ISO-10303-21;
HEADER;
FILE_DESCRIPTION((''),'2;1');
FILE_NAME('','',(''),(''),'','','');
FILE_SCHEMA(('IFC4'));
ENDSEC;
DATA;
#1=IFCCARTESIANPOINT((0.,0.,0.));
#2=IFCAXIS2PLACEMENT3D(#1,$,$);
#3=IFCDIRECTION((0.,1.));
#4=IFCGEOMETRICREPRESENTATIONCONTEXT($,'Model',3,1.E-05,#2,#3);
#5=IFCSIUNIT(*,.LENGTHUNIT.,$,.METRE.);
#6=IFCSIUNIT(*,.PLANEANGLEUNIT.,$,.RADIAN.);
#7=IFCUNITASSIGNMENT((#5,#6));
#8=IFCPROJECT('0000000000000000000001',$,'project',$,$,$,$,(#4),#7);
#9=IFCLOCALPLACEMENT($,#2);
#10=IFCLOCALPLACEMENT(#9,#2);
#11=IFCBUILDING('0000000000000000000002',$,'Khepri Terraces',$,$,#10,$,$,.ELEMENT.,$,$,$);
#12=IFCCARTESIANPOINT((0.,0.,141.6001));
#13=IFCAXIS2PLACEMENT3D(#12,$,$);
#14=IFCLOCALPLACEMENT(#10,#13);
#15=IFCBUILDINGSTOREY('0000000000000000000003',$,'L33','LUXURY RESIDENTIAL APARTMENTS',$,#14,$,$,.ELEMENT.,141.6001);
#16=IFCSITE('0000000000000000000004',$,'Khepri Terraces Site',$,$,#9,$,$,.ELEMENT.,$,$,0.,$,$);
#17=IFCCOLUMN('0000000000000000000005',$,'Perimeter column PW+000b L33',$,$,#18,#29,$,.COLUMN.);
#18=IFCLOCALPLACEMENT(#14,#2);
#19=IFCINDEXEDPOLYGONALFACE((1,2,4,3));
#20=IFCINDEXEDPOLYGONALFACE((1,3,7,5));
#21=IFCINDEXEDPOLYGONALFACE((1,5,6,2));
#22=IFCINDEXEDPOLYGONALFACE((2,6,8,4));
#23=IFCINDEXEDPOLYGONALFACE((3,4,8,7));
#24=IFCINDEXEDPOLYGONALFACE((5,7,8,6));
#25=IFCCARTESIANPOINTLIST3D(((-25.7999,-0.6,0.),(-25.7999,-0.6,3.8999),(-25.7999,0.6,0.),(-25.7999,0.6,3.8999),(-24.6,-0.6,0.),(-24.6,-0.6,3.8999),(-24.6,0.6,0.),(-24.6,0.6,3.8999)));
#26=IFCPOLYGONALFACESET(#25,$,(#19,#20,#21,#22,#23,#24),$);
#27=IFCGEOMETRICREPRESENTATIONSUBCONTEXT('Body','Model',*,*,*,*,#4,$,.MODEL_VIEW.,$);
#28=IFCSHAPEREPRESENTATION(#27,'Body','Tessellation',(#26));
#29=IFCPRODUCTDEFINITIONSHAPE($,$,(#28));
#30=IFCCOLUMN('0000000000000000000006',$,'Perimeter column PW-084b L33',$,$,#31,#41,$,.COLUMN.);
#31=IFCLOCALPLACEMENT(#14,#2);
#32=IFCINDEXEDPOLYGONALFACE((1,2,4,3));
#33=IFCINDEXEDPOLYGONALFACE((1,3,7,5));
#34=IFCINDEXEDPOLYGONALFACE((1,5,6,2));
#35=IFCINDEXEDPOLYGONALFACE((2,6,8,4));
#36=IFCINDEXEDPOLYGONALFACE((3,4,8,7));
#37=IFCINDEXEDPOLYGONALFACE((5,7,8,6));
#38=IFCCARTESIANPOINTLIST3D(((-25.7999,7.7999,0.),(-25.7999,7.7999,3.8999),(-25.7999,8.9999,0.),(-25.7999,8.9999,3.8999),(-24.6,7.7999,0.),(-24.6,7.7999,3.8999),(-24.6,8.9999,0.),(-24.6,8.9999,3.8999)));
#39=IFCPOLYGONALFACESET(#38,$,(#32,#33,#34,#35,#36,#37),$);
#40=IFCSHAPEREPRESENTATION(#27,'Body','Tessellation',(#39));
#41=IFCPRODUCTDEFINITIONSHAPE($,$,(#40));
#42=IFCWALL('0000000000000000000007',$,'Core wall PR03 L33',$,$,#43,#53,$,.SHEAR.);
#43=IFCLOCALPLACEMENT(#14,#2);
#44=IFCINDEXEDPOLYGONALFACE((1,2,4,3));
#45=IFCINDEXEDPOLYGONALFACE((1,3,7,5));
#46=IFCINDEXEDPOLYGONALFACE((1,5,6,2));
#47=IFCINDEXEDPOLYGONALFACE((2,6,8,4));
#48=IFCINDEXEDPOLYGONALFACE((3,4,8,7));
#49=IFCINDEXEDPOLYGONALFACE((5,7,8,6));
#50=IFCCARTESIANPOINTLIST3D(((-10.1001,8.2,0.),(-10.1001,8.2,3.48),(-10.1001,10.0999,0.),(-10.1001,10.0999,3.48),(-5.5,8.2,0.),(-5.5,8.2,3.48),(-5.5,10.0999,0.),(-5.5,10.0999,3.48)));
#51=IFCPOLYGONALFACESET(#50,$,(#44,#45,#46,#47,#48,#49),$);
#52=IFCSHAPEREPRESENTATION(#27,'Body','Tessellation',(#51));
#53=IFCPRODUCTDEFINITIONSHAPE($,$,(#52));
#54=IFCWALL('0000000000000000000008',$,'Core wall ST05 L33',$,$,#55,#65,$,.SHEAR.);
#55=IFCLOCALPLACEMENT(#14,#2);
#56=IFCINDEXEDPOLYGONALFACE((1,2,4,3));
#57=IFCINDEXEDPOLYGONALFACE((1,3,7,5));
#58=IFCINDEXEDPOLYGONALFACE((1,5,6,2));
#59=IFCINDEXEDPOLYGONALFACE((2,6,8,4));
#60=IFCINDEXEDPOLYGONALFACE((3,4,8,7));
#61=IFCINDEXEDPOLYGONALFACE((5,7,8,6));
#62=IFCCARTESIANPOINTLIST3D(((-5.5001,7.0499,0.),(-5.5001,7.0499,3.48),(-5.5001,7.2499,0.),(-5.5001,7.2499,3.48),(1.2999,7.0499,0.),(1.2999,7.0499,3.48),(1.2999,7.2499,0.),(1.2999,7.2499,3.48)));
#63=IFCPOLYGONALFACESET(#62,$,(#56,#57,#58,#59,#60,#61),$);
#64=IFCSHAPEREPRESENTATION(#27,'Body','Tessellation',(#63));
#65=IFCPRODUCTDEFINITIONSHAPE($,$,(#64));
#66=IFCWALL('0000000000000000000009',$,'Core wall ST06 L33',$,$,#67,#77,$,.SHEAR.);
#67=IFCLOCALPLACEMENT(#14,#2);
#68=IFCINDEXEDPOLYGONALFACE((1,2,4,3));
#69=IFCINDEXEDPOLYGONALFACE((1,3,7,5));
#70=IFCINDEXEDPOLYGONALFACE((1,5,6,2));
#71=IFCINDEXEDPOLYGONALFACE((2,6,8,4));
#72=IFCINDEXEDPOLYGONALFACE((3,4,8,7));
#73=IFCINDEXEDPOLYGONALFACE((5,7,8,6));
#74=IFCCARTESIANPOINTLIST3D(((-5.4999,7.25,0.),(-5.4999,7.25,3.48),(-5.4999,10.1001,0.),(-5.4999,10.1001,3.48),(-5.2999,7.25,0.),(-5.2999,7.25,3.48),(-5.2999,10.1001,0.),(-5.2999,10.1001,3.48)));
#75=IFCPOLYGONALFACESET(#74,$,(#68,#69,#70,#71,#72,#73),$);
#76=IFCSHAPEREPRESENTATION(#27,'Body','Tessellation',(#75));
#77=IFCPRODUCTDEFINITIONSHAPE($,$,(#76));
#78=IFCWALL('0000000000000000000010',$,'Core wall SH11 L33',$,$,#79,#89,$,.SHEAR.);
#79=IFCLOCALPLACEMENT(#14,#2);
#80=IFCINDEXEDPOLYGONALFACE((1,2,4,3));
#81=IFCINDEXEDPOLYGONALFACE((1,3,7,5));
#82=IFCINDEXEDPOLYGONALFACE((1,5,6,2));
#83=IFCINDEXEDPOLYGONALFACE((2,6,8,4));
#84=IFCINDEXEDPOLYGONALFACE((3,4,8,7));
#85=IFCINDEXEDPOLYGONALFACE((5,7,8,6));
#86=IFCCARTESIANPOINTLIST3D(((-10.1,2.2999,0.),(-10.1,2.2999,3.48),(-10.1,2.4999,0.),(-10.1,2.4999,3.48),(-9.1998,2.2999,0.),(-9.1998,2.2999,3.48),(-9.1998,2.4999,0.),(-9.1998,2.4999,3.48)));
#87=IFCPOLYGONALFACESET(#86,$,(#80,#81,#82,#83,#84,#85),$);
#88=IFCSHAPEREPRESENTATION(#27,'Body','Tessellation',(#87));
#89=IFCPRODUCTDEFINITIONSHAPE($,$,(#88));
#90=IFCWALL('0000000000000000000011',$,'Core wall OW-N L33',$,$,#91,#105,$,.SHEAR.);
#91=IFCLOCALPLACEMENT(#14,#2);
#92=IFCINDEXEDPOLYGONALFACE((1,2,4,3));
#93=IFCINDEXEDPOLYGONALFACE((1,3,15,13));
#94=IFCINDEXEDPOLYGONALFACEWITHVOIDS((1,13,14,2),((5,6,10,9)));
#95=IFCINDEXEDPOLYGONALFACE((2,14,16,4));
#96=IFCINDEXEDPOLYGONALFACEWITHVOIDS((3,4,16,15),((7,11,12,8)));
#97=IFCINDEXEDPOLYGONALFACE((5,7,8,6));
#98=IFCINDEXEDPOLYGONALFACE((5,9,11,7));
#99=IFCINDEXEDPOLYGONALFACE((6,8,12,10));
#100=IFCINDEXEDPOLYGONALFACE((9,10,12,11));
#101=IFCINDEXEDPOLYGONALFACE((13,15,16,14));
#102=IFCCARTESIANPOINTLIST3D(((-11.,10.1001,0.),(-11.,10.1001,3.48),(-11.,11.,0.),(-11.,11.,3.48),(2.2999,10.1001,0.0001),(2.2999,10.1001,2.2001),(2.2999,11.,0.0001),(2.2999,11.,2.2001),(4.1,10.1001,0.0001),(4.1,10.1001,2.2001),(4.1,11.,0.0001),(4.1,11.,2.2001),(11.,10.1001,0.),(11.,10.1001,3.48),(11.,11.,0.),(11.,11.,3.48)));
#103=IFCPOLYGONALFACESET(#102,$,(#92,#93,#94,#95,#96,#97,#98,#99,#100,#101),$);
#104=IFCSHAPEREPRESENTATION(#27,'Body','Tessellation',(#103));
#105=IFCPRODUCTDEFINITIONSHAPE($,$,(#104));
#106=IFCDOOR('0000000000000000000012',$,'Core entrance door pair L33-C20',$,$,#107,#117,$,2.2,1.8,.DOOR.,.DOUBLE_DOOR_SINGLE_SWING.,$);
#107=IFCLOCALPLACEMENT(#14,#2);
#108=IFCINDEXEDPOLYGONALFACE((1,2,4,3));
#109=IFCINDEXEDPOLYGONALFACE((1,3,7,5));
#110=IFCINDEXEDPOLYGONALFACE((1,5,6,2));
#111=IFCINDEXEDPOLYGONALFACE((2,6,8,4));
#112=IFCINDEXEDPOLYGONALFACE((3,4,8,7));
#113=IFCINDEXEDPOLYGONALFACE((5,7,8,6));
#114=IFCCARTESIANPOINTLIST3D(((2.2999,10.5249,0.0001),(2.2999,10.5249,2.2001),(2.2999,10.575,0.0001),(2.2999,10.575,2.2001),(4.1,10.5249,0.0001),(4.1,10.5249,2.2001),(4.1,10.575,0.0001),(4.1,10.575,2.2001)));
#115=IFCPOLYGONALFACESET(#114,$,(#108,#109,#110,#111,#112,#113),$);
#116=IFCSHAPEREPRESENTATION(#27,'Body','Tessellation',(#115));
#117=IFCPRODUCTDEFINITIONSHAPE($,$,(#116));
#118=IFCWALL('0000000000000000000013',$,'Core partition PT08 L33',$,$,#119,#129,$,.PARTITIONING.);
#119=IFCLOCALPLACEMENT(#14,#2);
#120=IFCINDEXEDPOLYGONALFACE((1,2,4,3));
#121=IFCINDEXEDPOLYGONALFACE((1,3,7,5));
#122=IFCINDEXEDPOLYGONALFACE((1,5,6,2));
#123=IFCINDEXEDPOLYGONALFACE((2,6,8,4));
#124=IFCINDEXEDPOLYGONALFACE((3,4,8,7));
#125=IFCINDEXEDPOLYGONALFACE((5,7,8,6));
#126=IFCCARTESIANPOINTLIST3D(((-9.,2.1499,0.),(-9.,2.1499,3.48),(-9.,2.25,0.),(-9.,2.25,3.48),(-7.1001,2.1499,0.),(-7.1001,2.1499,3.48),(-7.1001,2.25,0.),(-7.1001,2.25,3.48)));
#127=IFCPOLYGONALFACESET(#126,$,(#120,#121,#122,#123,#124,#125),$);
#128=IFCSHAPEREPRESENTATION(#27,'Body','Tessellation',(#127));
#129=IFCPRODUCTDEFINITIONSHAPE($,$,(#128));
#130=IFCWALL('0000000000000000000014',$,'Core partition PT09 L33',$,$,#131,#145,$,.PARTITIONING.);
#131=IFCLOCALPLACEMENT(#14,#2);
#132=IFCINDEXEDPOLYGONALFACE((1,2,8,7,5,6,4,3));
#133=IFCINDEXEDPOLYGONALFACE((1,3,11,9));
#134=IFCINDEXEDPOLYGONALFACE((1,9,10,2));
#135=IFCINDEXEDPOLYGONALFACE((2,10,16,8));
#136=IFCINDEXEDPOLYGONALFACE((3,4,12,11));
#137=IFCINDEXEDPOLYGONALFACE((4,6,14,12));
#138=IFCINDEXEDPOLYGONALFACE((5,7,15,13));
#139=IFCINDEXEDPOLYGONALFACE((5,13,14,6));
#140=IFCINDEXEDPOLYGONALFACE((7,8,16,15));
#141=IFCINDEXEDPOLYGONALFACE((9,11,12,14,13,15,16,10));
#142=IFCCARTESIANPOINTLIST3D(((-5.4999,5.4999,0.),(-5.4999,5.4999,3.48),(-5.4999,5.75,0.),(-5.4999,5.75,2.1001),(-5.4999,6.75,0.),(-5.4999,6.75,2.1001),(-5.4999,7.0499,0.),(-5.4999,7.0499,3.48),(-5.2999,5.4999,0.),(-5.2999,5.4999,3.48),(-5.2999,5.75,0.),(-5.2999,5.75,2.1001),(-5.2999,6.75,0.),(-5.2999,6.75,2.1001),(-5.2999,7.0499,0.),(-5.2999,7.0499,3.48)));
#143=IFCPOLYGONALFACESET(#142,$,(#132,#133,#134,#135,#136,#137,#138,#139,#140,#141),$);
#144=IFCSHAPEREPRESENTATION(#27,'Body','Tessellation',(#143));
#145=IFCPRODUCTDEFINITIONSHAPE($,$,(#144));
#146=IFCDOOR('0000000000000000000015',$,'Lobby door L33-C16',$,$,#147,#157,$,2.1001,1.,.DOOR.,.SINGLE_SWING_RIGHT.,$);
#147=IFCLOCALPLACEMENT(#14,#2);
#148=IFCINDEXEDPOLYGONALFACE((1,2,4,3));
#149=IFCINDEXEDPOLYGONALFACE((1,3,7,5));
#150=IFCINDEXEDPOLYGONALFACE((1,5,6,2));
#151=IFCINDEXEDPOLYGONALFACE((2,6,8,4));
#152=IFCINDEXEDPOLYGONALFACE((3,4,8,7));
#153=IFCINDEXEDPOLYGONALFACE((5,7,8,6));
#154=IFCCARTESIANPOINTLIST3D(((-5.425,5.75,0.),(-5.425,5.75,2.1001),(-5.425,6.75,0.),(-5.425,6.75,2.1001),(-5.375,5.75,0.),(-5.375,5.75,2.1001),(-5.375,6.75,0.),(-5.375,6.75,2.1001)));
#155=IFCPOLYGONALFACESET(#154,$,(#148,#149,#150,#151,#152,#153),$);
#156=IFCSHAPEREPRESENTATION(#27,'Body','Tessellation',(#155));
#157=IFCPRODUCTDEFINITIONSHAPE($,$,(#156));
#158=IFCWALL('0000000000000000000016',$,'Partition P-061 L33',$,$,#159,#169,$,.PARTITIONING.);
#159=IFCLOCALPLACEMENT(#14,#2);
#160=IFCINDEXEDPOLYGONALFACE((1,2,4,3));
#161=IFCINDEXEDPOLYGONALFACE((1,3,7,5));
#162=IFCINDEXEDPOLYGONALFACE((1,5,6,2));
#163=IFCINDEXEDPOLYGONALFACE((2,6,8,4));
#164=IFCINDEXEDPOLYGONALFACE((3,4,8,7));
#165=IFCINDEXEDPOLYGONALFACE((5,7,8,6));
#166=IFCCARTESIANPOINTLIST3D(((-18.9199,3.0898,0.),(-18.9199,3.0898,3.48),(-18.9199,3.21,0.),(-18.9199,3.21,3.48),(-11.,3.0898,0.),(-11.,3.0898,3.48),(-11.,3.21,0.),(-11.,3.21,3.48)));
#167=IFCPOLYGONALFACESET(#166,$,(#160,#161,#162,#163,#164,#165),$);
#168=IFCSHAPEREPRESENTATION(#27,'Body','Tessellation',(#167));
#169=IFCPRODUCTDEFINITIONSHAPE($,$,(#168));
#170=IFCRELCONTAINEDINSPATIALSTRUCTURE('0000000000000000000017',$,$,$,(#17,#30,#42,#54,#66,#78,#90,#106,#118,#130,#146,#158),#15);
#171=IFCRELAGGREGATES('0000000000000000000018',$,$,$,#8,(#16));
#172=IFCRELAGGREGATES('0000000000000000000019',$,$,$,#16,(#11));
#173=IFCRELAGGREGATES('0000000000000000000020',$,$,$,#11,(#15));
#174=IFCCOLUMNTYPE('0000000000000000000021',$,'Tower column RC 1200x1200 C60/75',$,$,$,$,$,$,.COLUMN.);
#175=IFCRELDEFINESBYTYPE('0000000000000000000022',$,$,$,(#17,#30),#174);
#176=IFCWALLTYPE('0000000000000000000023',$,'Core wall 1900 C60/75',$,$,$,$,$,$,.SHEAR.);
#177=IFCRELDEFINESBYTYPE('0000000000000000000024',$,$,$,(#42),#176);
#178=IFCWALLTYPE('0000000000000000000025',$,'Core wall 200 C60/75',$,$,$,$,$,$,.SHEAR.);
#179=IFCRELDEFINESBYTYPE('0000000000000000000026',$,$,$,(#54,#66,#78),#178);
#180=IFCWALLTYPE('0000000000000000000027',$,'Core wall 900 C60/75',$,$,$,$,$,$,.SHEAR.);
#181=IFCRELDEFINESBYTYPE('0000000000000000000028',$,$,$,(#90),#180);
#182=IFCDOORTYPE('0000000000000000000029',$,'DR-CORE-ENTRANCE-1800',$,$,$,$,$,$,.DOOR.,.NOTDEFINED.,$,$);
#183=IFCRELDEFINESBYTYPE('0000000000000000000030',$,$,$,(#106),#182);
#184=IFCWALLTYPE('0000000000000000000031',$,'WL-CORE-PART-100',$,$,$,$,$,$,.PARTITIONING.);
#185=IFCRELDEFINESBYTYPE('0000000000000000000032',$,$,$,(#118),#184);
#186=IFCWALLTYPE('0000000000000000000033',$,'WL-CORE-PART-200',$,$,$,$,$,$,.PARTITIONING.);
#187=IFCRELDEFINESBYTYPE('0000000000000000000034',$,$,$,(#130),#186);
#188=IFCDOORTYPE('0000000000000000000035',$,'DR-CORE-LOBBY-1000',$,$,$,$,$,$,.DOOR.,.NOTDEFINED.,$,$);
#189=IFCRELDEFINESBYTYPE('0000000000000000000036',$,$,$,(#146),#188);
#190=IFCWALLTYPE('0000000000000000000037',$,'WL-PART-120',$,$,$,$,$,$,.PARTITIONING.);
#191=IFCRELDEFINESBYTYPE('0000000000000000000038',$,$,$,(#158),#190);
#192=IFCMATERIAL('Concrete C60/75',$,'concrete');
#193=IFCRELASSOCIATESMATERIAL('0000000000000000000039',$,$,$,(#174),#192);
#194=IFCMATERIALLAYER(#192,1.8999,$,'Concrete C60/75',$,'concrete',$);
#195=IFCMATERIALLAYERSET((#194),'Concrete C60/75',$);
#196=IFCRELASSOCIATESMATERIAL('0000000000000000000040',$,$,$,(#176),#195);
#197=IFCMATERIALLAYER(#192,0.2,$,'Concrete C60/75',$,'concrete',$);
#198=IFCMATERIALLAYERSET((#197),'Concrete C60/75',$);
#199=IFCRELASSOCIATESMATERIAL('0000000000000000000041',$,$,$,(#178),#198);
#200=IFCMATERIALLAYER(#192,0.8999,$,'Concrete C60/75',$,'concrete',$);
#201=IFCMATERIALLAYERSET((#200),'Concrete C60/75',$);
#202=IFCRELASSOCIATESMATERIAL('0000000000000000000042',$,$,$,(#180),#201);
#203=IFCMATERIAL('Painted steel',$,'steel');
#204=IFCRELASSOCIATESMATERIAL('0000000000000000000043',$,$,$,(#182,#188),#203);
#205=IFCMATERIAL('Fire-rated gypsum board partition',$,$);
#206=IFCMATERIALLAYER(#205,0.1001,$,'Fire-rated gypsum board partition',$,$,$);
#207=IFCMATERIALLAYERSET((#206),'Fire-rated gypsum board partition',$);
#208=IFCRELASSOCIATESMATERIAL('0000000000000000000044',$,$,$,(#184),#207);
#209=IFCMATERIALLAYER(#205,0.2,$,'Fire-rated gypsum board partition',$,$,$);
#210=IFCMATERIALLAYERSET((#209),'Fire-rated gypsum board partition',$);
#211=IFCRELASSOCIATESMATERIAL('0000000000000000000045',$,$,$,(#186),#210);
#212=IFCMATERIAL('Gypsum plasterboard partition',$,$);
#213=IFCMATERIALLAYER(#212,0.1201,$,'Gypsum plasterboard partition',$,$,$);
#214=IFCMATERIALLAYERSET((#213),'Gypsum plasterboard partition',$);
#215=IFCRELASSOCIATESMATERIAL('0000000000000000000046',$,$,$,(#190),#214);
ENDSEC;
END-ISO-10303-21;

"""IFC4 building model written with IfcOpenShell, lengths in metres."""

from ifc_helpers import new_model, si_unit, direction, frame, frame_2d, origin, origin_2d, place, context, subcontext, project, spatial, rectangle, extrude, material, layer, layer_set, material_profile, profile_set, type_object, element, fill, save


model = new_model("IFC4")

# Units and contexts
model_context = context("Model", 3, precision=1e-05, world=origin(), true_north=direction((0.0, 1.0)))
body_context = subcontext(model_context, "Body", "Model", "MODEL_VIEW")
ifc_project = project(units=[si_unit("LENGTHUNIT", "METRE"), si_unit("PLANEANGLEUNIT", "RADIAN")], contexts=[model_context])

# Site, building, storey
site_placement = place(None, origin())
site = spatial("IfcSite", under=ifc_project, at=site_placement, Name="Khepri Terraces Site", CompositionType="ELEMENT", RefElevation=0.0)
building_placement = place(site_placement, origin())
building = spatial("IfcBuilding", under=site, at=building_placement, Name="Khepri Terraces", CompositionType="ELEMENT")
storey_placement = place(building_placement, frame((0.0, 0.0, 141.6001)))
storey = spatial("IfcBuildingStorey", under=building, at=storey_placement, Name="L33", Description="LUXURY RESIDENTIAL APARTMENTS", CompositionType="ELEMENT", Elevation=141.6001)

# Columns
ifc_material_1 = material(Name="Concrete C60/75", Category="concrete")
ifc_material_profile = material_profile(ifc_material_1, rectangle(XDim=1.2, YDim=1.2, at=origin_2d()), Name="Concrete C60/75", Category="concrete")
ifc_profile_set = profile_set([ifc_material_profile], Name="Concrete C60/75")
column_type = type_object("IfcColumnType", Name="Tower column RC 1200x1200 C60/75", PredefinedType="COLUMN", material=ifc_profile_set)
for number, where, z_axis, x_axis, name in (
    (1, (-25.2, 0.0, 0.0), (0.0, 0.0, 1.0), (1.0, 0.0, 0.0), "Perimeter column PW+000b L33"),
    (2, (-25.2, 8.3999, 0.0), (0.0, 0.0, 1.0), (1.0, 0.0, 0.0), "Perimeter column PW-084b L33"),
):
    element("IfcColumn", number, at=place(storey_placement, frame(where, z_axis=z_axis, x_axis=x_axis)), inside=storey, type_object=column_type, Name=name, PredefinedType="COLUMN", context=body_context, shape_type="SweptSolid", body=[
        extrude(rectangle(XDim=1.2, YDim=1.2, at=origin_2d()), origin(), (0.0, 0.0, 1.0), 3.8999),
    ])

# Walls
ifc_layer_1 = layer(ifc_material_1, 1.8999, Name="Concrete C60/75", Category="concrete")
ifc_layer_set_1 = layer_set([ifc_layer_1], Name="Concrete C60/75")
wall_type_1 = type_object("IfcWallType", Name="Core wall 1900 C60/75", PredefinedType="SHEAR", material=ifc_layer_set_1)
wall_1_placement = place(storey_placement, frame((-10.1001, 9.1499, 0.0), z_axis=(0.0, 0.0, 1.0), x_axis=(1.0, 0.0, 0.0)))
element("IfcWall", 3, at=wall_1_placement, inside=storey, type_object=wall_type_1, Name="Core wall PR03 L33", PredefinedType="SHEAR", context=body_context, shape_type="SweptSolid", body=[
    extrude(rectangle(XDim=4.6001, YDim=1.8999, at=frame_2d((2.3, 0.0))), origin(), (0.0, 0.0, 1.0), 3.48),
])
ifc_layer_2 = layer(ifc_material_1, 0.2, Name="Concrete C60/75", Category="concrete")
ifc_layer_set_2 = layer_set([ifc_layer_2], Name="Concrete C60/75")
wall_type_2 = type_object("IfcWallType", Name="Core wall 200 C60/75", PredefinedType="SHEAR", material=ifc_layer_set_2)
wall_2_placement = place(storey_placement, frame((-5.5, 7.1499, 0.0), z_axis=(0.0, 0.0, 1.0), x_axis=(1.0, 0.0, 0.0)))
element("IfcWall", 4, at=wall_2_placement, inside=storey, type_object=wall_type_2, Name="Core wall ST05 L33", PredefinedType="SHEAR", context=body_context, shape_type="SweptSolid", body=[
    extrude(rectangle(XDim=6.8, YDim=0.2, at=frame_2d((3.3999, 0.0))), origin(), (0.0, 0.0, 1.0), 3.48),
])
wall_3_placement = place(storey_placement, frame((-5.3999, 7.25, 0.0), z_axis=(0.0, 0.0, 1.0), x_axis=(0.0, 1.0, 0.0)))
element("IfcWall", 5, at=wall_3_placement, inside=storey, type_object=wall_type_2, Name="Core wall ST06 L33", PredefinedType="SHEAR", context=body_context, shape_type="SweptSolid", body=[
    extrude(rectangle(XDim=2.8501, YDim=0.2, at=frame_2d((1.425, 0.0))), origin(), (0.0, 0.0, 1.0), 3.48),
])
wall_4_placement = place(storey_placement, frame((-10.1001, 2.3999, 0.0), z_axis=(0.0, 0.0, 1.0), x_axis=(1.0, 0.0, 0.0)))
element("IfcWall", 6, at=wall_4_placement, inside=storey, type_object=wall_type_2, Name="Core wall SH11 L33", PredefinedType="SHEAR", context=body_context, shape_type="SweptSolid", body=[
    extrude(rectangle(XDim=0.9001, YDim=0.2, at=frame_2d((0.4502, 0.0))), origin(), (0.0, 0.0, 1.0), 3.48),
])

# Wall, opening, door
ifc_layer_3 = layer(ifc_material_1, 0.8999, Name="Concrete C60/75", Category="concrete")
ifc_layer_set_3 = layer_set([ifc_layer_3], Name="Concrete C60/75")
wall_type_3 = type_object("IfcWallType", Name="Core wall 900 C60/75", PredefinedType="SHEAR", material=ifc_layer_set_3)
wall_5_placement = place(storey_placement, frame((-11.0, 10.55, 0.0), z_axis=(0.0, 0.0, 1.0), x_axis=(1.0, 0.0, 0.0)))
wall_5 = element("IfcWall", 7, at=wall_5_placement, inside=storey, type_object=wall_type_3, Name="Core wall OW-N L33", PredefinedType="SHEAR", context=body_context, shape_type="SweptSolid", body=[
    extrude(rectangle(XDim=22.0, YDim=0.8999, at=frame_2d((11.0, 0.0))), origin(), (0.0, 0.0, 1.0), 3.48),
])
opening_1_placement = place(wall_5_placement, frame((13.3, 0.0, 0.0)))
opening_1 = element("IfcOpeningElement", 8, at=opening_1_placement, cuts=wall_5, PredefinedType="OPENING", context=body_context, shape_type="SweptSolid", body=[
    extrude(rectangle(XDim=1.8, YDim=2.2, at=frame_2d((0.8999, 1.1001))), frame((0.0, 0.46, 0.0), z_axis=(0.0, -1.0, 0.0), x_axis=(1.0, 0.0, 0.0)), (0.0, 0.0, 1.0), 0.9199),
])
ifc_material_2 = material(Name="Painted steel", Category="steel")
door_type_1 = type_object("IfcDoorType", Name="DR-CORE-ENTRANCE-1800", OperationType="NOTDEFINED", PredefinedType="DOOR", material=ifc_material_2)
door_1_placement = place(opening_1_placement, origin())
door_1 = element("IfcDoor", 9, at=door_1_placement, inside=storey, type_object=door_type_1, Name="Core entrance door pair L33-C20", OperationType="DOUBLE_DOOR_SINGLE_SWING", OverallHeight=2.2, OverallWidth=1.8, PredefinedType="DOOR", context=body_context, shape_type="SweptSolid", body=[
    extrude(rectangle(XDim=1.8, YDim=2.2, at=frame_2d((0.8999, 1.1001))), frame((0.0, 0.0249, 0.0), z_axis=(0.0, -1.0, 0.0), x_axis=(1.0, 0.0, 0.0)), (0.0, 0.0, 1.0), 0.05),
])
fill(opening_1, door_1)

# Wall
ifc_material_3 = material(Name="Fire-rated gypsum board partition")
ifc_layer_4 = layer(ifc_material_3, 0.1001, Name="Fire-rated gypsum board partition")
ifc_layer_set_4 = layer_set([ifc_layer_4], Name="Fire-rated gypsum board partition")
wall_type_4 = type_object("IfcWallType", Name="WL-CORE-PART-100", PredefinedType="PARTITIONING", material=ifc_layer_set_4)
wall_6_placement = place(storey_placement, frame((-9.0, 2.2, 0.0), z_axis=(0.0, 0.0, 1.0), x_axis=(1.0, 0.0, 0.0)))
element("IfcWall", 10, at=wall_6_placement, inside=storey, type_object=wall_type_4, Name="Core partition PT08 L33", PredefinedType="PARTITIONING", context=body_context, shape_type="SweptSolid", body=[
    extrude(rectangle(XDim=1.8999, YDim=0.1001, at=frame_2d((0.95, 0.0))), origin(), (0.0, 0.0, 1.0), 3.48),
])

# Wall, opening, door
ifc_layer_5 = layer(ifc_material_3, 0.2, Name="Fire-rated gypsum board partition")
ifc_layer_set_5 = layer_set([ifc_layer_5], Name="Fire-rated gypsum board partition")
wall_type_5 = type_object("IfcWallType", Name="WL-CORE-PART-200", PredefinedType="PARTITIONING", material=ifc_layer_set_5)
wall_7_placement = place(storey_placement, frame((-5.3999, 5.5, 0.0), z_axis=(0.0, 0.0, 1.0), x_axis=(0.0, 1.0, 0.0)))
wall_7 = element("IfcWall", 11, at=wall_7_placement, inside=storey, type_object=wall_type_5, Name="Core partition PT09 L33", PredefinedType="PARTITIONING", context=body_context, shape_type="SweptSolid", body=[
    extrude(rectangle(XDim=1.55, YDim=0.2, at=frame_2d((0.7749, 0.0))), origin(), (0.0, 0.0, 1.0), 3.48),
])
opening_2_placement = place(wall_7_placement, frame((0.25, 0.0, 0.0)))
opening_2 = element("IfcOpeningElement", 12, at=opening_2_placement, cuts=wall_7, PredefinedType="OPENING", context=body_context, shape_type="SweptSolid", body=[
    extrude(rectangle(XDim=1.0, YDim=2.1001, at=frame_2d((0.5, 1.05))), frame((0.0, 0.1099, 0.0), z_axis=(0.0, -1.0, 0.0), x_axis=(1.0, 0.0, 0.0)), (0.0, 0.0, 1.0), 0.22),
])
door_type_2 = type_object("IfcDoorType", Name="DR-CORE-LOBBY-1000", OperationType="NOTDEFINED", PredefinedType="DOOR", material=ifc_material_2)
door_2_placement = place(opening_2_placement, frame((1.0, 0.0, 0.0), z_axis=(0.0, 0.0, 1.0), x_axis=(-1.0, 0.0, 0.0)))
door_2 = element("IfcDoor", 13, at=door_2_placement, inside=storey, type_object=door_type_2, Name="Lobby door L33-C16", OperationType="SINGLE_SWING_RIGHT", OverallHeight=2.1001, OverallWidth=1.0, PredefinedType="DOOR", context=body_context, shape_type="SweptSolid", body=[
    extrude(rectangle(XDim=1.0, YDim=2.1001, at=frame_2d((0.5, 1.05))), frame((0.0, 0.0249, 0.0), z_axis=(0.0, -1.0, 0.0), x_axis=(1.0, 0.0, 0.0)), (0.0, 0.0, 1.0), 0.05),
])
fill(opening_2, door_2)

# Wall
ifc_material_4 = material(Name="Gypsum plasterboard partition")
ifc_layer_6 = layer(ifc_material_4, 0.1201, Name="Gypsum plasterboard partition")
ifc_layer_set_6 = layer_set([ifc_layer_6], Name="Gypsum plasterboard partition")
wall_type_6 = type_object("IfcWallType", Name="WL-PART-120", PredefinedType="PARTITIONING", material=ifc_layer_set_6)
wall_8_placement = place(storey_placement, frame((-18.9199, 3.1499, 0.0), z_axis=(0.0, 0.0, 1.0), x_axis=(1.0, 0.0, 0.0)))
element("IfcWall", 14, at=wall_8_placement, inside=storey, type_object=wall_type_6, Name="Partition P-061 L33", PredefinedType="PARTITIONING", context=body_context, shape_type="SweptSolid", body=[
    extrude(rectangle(XDim=7.9199, YDim=0.1201, at=frame_2d((3.96, 0.0))), origin(), (0.0, 0.0, 1.0), 3.48),
])

save(model, "model.ifc")
